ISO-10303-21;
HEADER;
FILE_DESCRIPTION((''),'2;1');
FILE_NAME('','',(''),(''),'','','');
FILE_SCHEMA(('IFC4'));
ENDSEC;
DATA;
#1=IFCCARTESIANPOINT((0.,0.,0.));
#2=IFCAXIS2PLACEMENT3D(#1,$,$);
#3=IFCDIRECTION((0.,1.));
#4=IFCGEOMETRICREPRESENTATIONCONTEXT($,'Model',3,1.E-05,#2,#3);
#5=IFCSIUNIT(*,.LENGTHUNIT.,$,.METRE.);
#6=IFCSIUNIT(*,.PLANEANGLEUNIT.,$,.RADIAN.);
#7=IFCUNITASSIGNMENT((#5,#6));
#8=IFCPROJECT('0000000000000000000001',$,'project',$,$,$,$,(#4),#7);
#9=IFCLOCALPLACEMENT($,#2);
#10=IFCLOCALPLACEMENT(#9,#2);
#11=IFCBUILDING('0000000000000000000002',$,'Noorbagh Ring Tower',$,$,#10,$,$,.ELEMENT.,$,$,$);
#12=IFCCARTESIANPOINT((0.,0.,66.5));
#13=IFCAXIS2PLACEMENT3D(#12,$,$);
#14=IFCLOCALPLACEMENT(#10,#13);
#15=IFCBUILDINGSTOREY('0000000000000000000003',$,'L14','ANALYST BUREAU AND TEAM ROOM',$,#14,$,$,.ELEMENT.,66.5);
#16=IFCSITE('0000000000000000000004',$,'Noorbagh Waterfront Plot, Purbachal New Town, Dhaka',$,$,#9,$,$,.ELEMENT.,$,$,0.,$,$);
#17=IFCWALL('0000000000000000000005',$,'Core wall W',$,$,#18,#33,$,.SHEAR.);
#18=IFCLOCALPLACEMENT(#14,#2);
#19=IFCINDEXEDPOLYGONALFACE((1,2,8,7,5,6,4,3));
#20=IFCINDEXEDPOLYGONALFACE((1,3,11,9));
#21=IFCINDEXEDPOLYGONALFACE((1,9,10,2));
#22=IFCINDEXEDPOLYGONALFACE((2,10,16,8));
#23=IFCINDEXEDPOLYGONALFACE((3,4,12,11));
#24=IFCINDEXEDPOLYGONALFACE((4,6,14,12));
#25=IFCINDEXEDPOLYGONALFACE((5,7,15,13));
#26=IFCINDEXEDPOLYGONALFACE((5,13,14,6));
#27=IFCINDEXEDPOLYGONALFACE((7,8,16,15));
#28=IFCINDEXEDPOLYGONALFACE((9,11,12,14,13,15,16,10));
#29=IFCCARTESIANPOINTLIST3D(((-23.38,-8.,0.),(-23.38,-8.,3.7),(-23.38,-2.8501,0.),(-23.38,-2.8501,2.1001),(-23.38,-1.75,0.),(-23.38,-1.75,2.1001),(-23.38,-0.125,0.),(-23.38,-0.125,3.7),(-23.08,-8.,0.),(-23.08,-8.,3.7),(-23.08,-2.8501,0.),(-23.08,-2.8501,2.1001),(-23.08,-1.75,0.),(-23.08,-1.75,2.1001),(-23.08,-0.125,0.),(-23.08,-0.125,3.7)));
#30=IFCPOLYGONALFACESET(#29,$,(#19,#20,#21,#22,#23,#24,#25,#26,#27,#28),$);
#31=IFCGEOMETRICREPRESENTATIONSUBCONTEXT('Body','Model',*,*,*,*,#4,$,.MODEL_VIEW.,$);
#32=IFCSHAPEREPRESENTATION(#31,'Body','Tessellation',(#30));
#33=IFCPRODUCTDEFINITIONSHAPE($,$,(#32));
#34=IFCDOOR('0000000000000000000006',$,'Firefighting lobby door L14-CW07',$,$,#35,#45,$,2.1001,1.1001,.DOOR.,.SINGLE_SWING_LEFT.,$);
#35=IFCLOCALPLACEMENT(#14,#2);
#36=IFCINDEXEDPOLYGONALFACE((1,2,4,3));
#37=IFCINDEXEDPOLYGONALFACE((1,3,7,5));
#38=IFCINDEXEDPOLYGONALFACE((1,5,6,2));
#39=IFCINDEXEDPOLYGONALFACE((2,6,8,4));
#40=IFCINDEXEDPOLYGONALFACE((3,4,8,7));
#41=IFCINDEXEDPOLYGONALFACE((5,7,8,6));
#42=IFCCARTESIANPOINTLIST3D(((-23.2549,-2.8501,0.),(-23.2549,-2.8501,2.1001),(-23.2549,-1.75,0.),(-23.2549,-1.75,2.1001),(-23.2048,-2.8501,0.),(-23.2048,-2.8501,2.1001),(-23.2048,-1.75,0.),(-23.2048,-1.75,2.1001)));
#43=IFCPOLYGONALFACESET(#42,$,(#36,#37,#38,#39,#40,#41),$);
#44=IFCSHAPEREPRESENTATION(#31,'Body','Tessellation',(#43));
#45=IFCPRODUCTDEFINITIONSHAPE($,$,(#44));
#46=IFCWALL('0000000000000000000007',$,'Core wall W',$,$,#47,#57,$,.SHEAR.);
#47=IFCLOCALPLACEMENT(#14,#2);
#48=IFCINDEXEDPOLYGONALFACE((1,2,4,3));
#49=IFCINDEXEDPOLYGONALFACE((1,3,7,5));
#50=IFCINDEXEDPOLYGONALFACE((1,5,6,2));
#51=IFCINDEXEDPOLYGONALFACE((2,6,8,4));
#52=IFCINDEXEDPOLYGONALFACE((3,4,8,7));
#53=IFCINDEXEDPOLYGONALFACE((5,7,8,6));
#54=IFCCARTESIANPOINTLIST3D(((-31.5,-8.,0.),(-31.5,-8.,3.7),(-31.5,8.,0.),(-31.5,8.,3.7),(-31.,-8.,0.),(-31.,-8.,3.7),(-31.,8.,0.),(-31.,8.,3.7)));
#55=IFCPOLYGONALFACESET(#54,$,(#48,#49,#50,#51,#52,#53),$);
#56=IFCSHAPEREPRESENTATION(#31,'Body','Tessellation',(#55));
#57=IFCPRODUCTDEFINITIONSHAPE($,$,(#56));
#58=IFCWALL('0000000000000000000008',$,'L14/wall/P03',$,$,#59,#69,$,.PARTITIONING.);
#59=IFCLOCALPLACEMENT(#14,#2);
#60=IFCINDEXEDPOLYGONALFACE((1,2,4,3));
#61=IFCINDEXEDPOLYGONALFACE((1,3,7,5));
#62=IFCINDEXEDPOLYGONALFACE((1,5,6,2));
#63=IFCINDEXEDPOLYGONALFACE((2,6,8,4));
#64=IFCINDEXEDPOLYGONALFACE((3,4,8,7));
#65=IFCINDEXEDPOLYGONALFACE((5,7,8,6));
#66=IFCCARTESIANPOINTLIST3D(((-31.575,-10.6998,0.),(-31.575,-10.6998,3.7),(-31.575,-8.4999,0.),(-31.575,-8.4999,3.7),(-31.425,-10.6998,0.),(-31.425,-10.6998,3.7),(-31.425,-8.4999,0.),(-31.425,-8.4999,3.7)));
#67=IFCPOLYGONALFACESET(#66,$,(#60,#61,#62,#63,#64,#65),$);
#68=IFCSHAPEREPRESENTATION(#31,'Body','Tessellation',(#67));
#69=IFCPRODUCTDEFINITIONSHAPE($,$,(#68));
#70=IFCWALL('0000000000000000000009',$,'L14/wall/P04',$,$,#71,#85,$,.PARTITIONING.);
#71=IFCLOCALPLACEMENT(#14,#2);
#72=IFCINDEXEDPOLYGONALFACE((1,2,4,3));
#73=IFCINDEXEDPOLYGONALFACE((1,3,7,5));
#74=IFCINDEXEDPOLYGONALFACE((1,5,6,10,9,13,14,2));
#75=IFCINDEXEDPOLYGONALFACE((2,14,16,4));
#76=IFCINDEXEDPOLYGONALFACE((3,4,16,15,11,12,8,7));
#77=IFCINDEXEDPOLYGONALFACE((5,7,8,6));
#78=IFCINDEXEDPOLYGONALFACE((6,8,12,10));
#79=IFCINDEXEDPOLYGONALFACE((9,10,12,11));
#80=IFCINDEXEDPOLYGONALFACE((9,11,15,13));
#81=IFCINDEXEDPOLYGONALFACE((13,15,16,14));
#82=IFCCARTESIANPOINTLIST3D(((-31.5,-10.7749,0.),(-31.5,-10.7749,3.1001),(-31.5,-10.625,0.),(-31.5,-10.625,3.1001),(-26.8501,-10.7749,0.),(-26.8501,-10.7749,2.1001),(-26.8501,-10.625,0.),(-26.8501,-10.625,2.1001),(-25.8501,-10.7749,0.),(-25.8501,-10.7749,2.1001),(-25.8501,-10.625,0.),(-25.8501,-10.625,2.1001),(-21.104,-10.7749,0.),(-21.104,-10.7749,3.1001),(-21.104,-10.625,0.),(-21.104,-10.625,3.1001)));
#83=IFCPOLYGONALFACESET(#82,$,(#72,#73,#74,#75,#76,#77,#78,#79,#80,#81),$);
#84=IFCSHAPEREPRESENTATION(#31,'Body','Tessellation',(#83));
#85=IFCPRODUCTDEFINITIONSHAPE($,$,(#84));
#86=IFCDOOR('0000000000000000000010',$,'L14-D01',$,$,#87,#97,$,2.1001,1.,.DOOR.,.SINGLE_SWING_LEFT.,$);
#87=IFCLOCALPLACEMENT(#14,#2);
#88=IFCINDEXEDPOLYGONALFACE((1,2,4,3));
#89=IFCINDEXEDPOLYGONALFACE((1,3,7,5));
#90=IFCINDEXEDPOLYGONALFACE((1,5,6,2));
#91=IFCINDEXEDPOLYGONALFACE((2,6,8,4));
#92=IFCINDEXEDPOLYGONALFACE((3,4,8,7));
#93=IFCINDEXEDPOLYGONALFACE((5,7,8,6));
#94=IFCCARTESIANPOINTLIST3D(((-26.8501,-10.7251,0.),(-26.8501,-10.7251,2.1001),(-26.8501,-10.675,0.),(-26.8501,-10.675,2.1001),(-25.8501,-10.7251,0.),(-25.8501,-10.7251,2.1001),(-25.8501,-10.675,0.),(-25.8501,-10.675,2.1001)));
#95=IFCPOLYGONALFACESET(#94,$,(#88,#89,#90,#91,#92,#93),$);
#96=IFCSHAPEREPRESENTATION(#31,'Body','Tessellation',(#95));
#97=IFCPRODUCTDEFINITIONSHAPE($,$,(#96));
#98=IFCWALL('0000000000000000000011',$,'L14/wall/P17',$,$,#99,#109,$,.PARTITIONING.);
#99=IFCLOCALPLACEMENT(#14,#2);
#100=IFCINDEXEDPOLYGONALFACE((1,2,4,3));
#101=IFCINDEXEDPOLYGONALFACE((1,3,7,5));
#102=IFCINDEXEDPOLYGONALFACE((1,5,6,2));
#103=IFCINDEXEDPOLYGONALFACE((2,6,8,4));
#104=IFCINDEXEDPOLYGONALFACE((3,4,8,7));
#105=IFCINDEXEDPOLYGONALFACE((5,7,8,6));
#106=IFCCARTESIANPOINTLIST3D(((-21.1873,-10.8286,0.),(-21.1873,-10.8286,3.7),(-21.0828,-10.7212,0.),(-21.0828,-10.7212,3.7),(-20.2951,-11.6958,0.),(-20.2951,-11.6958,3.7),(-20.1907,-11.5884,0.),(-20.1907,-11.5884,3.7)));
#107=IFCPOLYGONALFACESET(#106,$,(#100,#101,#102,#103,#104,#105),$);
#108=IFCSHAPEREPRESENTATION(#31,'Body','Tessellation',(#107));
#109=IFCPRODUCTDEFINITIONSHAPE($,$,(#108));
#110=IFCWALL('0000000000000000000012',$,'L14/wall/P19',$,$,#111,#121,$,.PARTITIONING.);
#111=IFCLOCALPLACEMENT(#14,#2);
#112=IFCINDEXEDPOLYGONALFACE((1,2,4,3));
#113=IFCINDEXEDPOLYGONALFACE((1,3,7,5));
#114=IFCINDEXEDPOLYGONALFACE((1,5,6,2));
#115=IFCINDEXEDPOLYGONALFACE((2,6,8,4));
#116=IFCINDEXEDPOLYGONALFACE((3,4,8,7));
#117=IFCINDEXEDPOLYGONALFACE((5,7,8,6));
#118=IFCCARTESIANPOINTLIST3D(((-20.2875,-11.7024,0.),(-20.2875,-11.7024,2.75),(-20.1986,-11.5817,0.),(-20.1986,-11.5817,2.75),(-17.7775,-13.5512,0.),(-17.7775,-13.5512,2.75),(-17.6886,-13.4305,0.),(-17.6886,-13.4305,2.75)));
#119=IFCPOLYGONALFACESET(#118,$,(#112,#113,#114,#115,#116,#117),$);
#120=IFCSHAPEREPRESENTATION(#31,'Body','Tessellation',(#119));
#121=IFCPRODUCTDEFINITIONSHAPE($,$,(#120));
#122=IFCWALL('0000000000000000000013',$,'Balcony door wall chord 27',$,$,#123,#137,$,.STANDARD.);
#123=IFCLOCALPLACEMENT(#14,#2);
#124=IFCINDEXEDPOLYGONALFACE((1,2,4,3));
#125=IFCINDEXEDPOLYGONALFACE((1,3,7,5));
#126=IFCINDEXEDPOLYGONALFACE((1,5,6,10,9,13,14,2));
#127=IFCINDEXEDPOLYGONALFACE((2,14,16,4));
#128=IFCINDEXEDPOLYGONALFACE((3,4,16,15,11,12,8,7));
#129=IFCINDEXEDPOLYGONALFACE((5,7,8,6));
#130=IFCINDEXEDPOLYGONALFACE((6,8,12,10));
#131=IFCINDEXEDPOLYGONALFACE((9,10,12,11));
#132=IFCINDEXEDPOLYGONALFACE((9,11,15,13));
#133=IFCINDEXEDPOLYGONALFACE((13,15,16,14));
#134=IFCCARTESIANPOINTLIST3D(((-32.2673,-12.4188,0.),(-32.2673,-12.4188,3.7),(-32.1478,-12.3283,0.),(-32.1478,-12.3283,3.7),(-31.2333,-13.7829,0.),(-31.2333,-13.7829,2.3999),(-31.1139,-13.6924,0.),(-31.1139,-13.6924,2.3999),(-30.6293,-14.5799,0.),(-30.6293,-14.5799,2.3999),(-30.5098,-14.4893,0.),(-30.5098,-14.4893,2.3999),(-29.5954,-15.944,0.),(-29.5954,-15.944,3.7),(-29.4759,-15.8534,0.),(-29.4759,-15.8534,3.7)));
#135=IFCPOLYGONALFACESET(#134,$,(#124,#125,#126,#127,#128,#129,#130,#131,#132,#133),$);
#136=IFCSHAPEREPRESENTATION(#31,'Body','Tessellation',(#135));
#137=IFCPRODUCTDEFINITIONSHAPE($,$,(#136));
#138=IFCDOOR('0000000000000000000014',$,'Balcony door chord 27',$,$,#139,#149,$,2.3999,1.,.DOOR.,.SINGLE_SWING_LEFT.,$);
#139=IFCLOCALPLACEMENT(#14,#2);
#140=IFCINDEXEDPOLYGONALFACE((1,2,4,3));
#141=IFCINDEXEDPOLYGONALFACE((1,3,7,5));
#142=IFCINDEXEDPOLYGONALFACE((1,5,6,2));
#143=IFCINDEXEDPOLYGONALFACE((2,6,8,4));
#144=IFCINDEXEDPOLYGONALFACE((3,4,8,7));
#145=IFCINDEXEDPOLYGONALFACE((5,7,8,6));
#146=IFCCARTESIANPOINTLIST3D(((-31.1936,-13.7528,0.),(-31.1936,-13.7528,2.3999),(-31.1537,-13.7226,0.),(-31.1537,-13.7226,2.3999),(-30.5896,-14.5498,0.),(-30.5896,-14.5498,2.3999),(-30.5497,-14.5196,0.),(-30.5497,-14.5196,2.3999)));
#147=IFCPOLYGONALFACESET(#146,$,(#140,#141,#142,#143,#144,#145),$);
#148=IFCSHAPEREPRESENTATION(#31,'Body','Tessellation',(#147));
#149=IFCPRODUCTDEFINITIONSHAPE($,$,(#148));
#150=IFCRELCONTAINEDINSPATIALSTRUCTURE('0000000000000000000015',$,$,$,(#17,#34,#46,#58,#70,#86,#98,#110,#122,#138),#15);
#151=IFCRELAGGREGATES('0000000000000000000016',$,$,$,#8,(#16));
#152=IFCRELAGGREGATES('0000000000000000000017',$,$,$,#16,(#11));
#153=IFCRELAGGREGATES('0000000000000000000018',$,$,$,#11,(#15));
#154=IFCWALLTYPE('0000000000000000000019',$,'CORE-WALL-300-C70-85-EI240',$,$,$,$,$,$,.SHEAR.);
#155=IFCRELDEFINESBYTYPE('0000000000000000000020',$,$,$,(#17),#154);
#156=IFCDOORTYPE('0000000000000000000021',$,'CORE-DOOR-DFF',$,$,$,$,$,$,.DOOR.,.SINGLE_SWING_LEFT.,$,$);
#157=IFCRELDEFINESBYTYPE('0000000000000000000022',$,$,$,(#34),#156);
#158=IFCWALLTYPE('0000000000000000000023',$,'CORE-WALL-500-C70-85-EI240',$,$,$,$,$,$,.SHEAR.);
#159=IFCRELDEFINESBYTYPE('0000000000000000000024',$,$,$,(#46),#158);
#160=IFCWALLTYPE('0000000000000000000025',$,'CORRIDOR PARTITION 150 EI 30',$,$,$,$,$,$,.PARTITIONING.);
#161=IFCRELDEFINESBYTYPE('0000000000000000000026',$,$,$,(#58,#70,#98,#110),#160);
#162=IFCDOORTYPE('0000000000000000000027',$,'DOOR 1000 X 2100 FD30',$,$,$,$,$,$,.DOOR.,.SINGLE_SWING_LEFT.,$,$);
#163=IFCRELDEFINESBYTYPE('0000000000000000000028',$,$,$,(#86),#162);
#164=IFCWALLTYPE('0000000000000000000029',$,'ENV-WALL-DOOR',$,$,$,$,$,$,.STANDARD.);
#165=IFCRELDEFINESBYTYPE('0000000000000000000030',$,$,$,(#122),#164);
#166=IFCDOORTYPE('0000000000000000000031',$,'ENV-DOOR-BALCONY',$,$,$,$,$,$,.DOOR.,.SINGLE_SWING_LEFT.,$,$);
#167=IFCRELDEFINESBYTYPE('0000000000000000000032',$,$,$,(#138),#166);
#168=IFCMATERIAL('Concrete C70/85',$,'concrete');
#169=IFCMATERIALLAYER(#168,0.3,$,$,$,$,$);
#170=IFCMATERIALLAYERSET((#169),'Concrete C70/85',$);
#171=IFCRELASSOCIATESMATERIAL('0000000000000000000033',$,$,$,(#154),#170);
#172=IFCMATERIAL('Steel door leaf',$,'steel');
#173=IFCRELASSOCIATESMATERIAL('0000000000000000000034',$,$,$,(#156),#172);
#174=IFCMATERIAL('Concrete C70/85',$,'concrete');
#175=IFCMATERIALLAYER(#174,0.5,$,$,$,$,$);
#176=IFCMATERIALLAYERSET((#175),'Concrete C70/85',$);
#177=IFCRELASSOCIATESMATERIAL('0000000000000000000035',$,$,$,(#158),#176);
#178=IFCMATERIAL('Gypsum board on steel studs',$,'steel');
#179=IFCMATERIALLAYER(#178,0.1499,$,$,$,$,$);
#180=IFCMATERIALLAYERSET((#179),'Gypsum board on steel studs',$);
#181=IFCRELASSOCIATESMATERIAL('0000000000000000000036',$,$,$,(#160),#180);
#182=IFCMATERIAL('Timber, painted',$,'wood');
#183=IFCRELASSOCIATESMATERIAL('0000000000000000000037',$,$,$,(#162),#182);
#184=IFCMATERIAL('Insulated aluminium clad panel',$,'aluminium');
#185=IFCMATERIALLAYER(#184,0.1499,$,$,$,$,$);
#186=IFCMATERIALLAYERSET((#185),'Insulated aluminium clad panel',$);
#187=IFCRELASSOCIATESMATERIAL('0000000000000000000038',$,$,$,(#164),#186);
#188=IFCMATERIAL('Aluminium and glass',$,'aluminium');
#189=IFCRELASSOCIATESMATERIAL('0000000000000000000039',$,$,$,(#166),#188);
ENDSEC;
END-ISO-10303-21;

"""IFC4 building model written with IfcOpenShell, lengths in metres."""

from ifc_helpers import new_model, si_unit, direction, frame, frame_2d, origin, place, context, subcontext, project, spatial, rectangle, extrude, material, layer, layer_set, type_object, element, fill, save


model = new_model("IFC4")

# Units and contexts
model_context = context("Model", 3, precision=1e-05, world=origin(), true_north=direction((0.0, 1.0)))
body_context = subcontext(model_context, "Body", "Model", "MODEL_VIEW")
ifc_project = project(units=[si_unit("LENGTHUNIT", "METRE"), si_unit("PLANEANGLEUNIT", "RADIAN")], contexts=[model_context])

# Site, building, storey
site_placement = place(None, origin())
site = spatial("IfcSite", under=ifc_project, at=site_placement, Name="Noorbagh Waterfront Plot, Purbachal New Town, Dhaka", CompositionType="ELEMENT", RefElevation=0.0)
building_placement = place(site_placement, origin())
building = spatial("IfcBuilding", under=site, at=building_placement, Name="Noorbagh Ring Tower", CompositionType="ELEMENT")
storey_placement = place(building_placement, frame((0.0, 0.0, 66.5)))
storey = spatial("IfcBuildingStorey", under=building, at=storey_placement, Name="L14", Description="ANALYST BUREAU AND TEAM ROOM", CompositionType="ELEMENT", Elevation=66.5)

# Shared definitions
ifc_material_1 = material(Name="Concrete C70/85", Category="concrete")
ifc_layer_1 = layer(ifc_material_1, 0.3)
ifc_layer_set_1 = layer_set([ifc_layer_1], Name="Concrete C70/85")
wall_type_1 = type_object("IfcWallType", Name="CORE-WALL-300-C70-85-EI240", PredefinedType="SHEAR", material=ifc_layer_set_1)

# Wall, opening, door
wall_1_placement = place(storey_placement, frame((-23.23, -8.0, 0.0), z_axis=(0.0, 0.0, 1.0), x_axis=(0.0, 1.0, 0.0)))
wall_1 = element("IfcWall", 1, at=wall_1_placement, inside=storey, type_object=wall_type_1, Name="Core wall W", PredefinedType="SHEAR", context=body_context, shape_type="SweptSolid", body=[
    extrude(rectangle(XDim=7.875, YDim=0.3, at=frame_2d((3.9375, 0.0))), origin(), (0.0, 0.0, 1.0), 3.7),
])
opening_1_placement = place(wall_1_placement, frame((5.1499, 0.0, 0.0)))
opening_1 = element("IfcOpeningElement", 2, at=opening_1_placement, cuts=wall_1, PredefinedType="OPENING", context=body_context, shape_type="SweptSolid", body=[
    extrude(rectangle(XDim=1.1001, YDim=2.1001, at=frame_2d((0.55, 1.05))), frame((0.0, 0.1602, 0.0), z_axis=(0.0, -1.0, 0.0), x_axis=(1.0, 0.0, 0.0)), (0.0, 0.0, 1.0), 0.3201),
])
ifc_material_2 = material(Name="Steel door leaf", Category="steel")
door_type_1 = type_object("IfcDoorType", Name="CORE-DOOR-DFF", OperationType="SINGLE_SWING_LEFT", PredefinedType="DOOR", material=ifc_material_2)
door_1_placement = place(opening_1_placement, origin())
door_1 = element("IfcDoor", 3, at=door_1_placement, inside=storey, type_object=door_type_1, Name="Firefighting lobby door L14-CW07", OperationType="SINGLE_SWING_LEFT", OverallHeight=2.1001, OverallWidth=1.1001, PredefinedType="DOOR", context=body_context, shape_type="SweptSolid", body=[
    extrude(rectangle(XDim=1.1001, YDim=2.1001, at=frame_2d((0.55, 1.05))), frame((0.0, 0.0249, 0.0), z_axis=(0.0, -1.0, 0.0), x_axis=(1.0, 0.0, 0.0)), (0.0, 0.0, 1.0), 0.05),
])
fill(opening_1, door_1)

# Walls
ifc_material_3 = material(Name="Concrete C70/85", Category="concrete")
ifc_layer_2 = layer(ifc_material_3, 0.5)
ifc_layer_set_2 = layer_set([ifc_layer_2], Name="Concrete C70/85")
wall_type_2 = type_object("IfcWallType", Name="CORE-WALL-500-C70-85-EI240", PredefinedType="SHEAR", material=ifc_layer_set_2)
wall_2_placement = place(storey_placement, frame((-31.25, -8.0, 0.0), z_axis=(0.0, 0.0, 1.0), x_axis=(0.0, 1.0, 0.0)))
element("IfcWall", 4, at=wall_2_placement, inside=storey, type_object=wall_type_2, Name="Core wall W", PredefinedType="SHEAR", context=body_context, shape_type="SweptSolid", body=[
    extrude(rectangle(XDim=16.0, YDim=0.5, at=frame_2d((8.0, 0.0))), origin(), (0.0, 0.0, 1.0), 3.7),
])
ifc_material_4 = material(Name="Gypsum board on steel studs", Category="steel")
ifc_layer_3 = layer(ifc_material_4, 0.1499)
ifc_layer_set_3 = layer_set([ifc_layer_3], Name="Gypsum board on steel studs")
wall_type_3 = type_object("IfcWallType", Name="CORRIDOR PARTITION 150 EI 30", PredefinedType="PARTITIONING", material=ifc_layer_set_3)
wall_3_placement = place(storey_placement, frame((-31.5, -10.7, 0.0), z_axis=(0.0, 0.0, 1.0), x_axis=(0.0, 1.0, 0.0)))
element("IfcWall", 5, at=wall_3_placement, inside=storey, type_object=wall_type_3, Name="L14/wall/P03", PredefinedType="PARTITIONING", context=body_context, shape_type="SweptSolid", body=[
    extrude(rectangle(XDim=2.2, YDim=0.1499, at=frame_2d((1.1001, 0.0))), origin(), (0.0, 0.0, 1.0), 3.7),
])

# Wall, opening, door
wall_4_placement = place(storey_placement, frame((-31.5, -10.7, 0.0), z_axis=(0.0, 0.0, 1.0), x_axis=(1.0, 0.0, 0.0)))
wall_4 = element("IfcWall", 6, at=wall_4_placement, inside=storey, type_object=wall_type_3, Name="L14/wall/P04", PredefinedType="PARTITIONING", context=body_context, shape_type="SweptSolid", body=[
    extrude(rectangle(XDim=10.396, YDim=0.1499, at=frame_2d((5.198, 0.0))), origin(), (0.0, 0.0, 1.0), 3.1001),
])
opening_2_placement = place(wall_4_placement, frame((4.6499, 0.0, 0.0)))
opening_2 = element("IfcOpeningElement", 7, at=opening_2_placement, cuts=wall_4, PredefinedType="OPENING", context=body_context, shape_type="SweptSolid", body=[
    extrude(rectangle(XDim=1.0, YDim=2.1001, at=frame_2d((0.5, 1.05))), frame((0.0, 0.085, 0.0), z_axis=(0.0, -1.0, 0.0), x_axis=(1.0, 0.0, 0.0)), (0.0, 0.0, 1.0), 0.1699),
])
ifc_material_5 = material(Name="Timber, painted", Category="wood")
door_type_2 = type_object("IfcDoorType", Name="DOOR 1000 X 2100 FD30", OperationType="SINGLE_SWING_LEFT", PredefinedType="DOOR", material=ifc_material_5)
door_2_placement = place(opening_2_placement, origin())
door_2 = element("IfcDoor", 8, at=door_2_placement, inside=storey, type_object=door_type_2, Name="L14-D01", OperationType="SINGLE_SWING_LEFT", OverallHeight=2.1001, OverallWidth=1.0, PredefinedType="DOOR", context=body_context, shape_type="SweptSolid", body=[
    extrude(rectangle(XDim=1.0, YDim=2.1001, at=frame_2d((0.5, 1.05))), frame((0.0, 0.0249, 0.0), z_axis=(0.0, -1.0, 0.0), x_axis=(1.0, 0.0, 0.0)), (0.0, 0.0, 1.0), 0.05),
])
fill(opening_2, door_2)

# Walls
wall_5_placement = place(storey_placement, frame((-21.135, -10.7749, 0.0), z_axis=(0.0, 0.0, 1.0), x_axis=(0.717044, -0.697028, 0.0)))
element("IfcWall", 9, at=wall_5_placement, inside=storey, type_object=wall_type_3, Name="L14/wall/P17", PredefinedType="PARTITIONING", context=body_context, shape_type="SweptSolid", body=[
    extrude(rectangle(XDim=1.2441, YDim=0.1499, at=frame_2d((0.6221, 0.0))), origin(), (0.0, 0.0, 1.0), 3.7),
])
wall_6_placement = place(storey_placement, frame((-20.2429, -11.6421, 0.0), z_axis=(0.0, 0.0, 1.0), x_axis=(0.805148, -0.593073, 0.0)))
element("IfcWall", 10, at=wall_6_placement, inside=storey, type_object=wall_type_3, Name="L14/wall/P19", PredefinedType="PARTITIONING", context=body_context, shape_type="SweptSolid", body=[
    extrude(rectangle(XDim=3.1174, YDim=0.1499, at=frame_2d((1.5586, 0.0))), origin(), (0.0, 0.0, 1.0), 2.75),
])

# Wall, opening, door
ifc_material_6 = material(Name="Insulated aluminium clad panel", Category="aluminium")
ifc_layer_4 = layer(ifc_material_6, 0.1499)
ifc_layer_set_4 = layer_set([ifc_layer_4], Name="Insulated aluminium clad panel")
wall_type_4 = type_object("IfcWallType", Name="ENV-WALL-DOOR", PredefinedType="STANDARD", material=ifc_layer_set_4)
wall_7_placement = place(storey_placement, frame((-32.2075, -12.3735, 0.0), z_axis=(0.0, 0.0, 1.0), x_axis=(0.604046, -0.79695, 0.0)))
wall_7 = element("IfcWall", 11, at=wall_7_placement, inside=storey, type_object=wall_type_4, Name="Balcony door wall chord 27", PredefinedType="STANDARD", context=body_context, shape_type="SweptSolid", body=[
    extrude(rectangle(XDim=4.4233, YDim=0.1499, at=frame_2d((2.2117, 0.0))), origin(), (0.0, 0.0, 1.0), 3.7),
])
opening_3_placement = place(wall_7_placement, frame((1.7117, 0.0, 0.0)))
opening_3 = element("IfcOpeningElement", 12, at=opening_3_placement, cuts=wall_7, PredefinedType="OPENING", context=body_context, shape_type="SweptSolid", body=[
    extrude(rectangle(XDim=1.0, YDim=2.3999, at=frame_2d((0.5, 1.2))), frame((0.0, 0.085, 0.0), z_axis=(0.0, -1.0, 0.0), x_axis=(1.0, 0.0, 0.0)), (0.0, 0.0, 1.0), 0.1699),
])
ifc_material_7 = material(Name="Aluminium and glass", Category="aluminium")
door_type_3 = type_object("IfcDoorType", Name="ENV-DOOR-BALCONY", OperationType="SINGLE_SWING_LEFT", PredefinedType="DOOR", material=ifc_material_7)
door_3_placement = place(opening_3_placement, origin())
door_3 = element("IfcDoor", 13, at=door_3_placement, inside=storey, type_object=door_type_3, Name="Balcony door chord 27", OperationType="SINGLE_SWING_LEFT", OverallHeight=2.3999, OverallWidth=1.0, PredefinedType="DOOR", context=body_context, shape_type="SweptSolid", body=[
    extrude(rectangle(XDim=1.0, YDim=2.3999, at=frame_2d((0.5, 1.2))), frame((0.0, 0.0249, 0.0), z_axis=(0.0, -1.0, 0.0), x_axis=(1.0, 0.0, 0.0)), (0.0, 0.0, 1.0), 0.05),
])
fill(opening_3, door_3)

save(model, "model.ifc")
